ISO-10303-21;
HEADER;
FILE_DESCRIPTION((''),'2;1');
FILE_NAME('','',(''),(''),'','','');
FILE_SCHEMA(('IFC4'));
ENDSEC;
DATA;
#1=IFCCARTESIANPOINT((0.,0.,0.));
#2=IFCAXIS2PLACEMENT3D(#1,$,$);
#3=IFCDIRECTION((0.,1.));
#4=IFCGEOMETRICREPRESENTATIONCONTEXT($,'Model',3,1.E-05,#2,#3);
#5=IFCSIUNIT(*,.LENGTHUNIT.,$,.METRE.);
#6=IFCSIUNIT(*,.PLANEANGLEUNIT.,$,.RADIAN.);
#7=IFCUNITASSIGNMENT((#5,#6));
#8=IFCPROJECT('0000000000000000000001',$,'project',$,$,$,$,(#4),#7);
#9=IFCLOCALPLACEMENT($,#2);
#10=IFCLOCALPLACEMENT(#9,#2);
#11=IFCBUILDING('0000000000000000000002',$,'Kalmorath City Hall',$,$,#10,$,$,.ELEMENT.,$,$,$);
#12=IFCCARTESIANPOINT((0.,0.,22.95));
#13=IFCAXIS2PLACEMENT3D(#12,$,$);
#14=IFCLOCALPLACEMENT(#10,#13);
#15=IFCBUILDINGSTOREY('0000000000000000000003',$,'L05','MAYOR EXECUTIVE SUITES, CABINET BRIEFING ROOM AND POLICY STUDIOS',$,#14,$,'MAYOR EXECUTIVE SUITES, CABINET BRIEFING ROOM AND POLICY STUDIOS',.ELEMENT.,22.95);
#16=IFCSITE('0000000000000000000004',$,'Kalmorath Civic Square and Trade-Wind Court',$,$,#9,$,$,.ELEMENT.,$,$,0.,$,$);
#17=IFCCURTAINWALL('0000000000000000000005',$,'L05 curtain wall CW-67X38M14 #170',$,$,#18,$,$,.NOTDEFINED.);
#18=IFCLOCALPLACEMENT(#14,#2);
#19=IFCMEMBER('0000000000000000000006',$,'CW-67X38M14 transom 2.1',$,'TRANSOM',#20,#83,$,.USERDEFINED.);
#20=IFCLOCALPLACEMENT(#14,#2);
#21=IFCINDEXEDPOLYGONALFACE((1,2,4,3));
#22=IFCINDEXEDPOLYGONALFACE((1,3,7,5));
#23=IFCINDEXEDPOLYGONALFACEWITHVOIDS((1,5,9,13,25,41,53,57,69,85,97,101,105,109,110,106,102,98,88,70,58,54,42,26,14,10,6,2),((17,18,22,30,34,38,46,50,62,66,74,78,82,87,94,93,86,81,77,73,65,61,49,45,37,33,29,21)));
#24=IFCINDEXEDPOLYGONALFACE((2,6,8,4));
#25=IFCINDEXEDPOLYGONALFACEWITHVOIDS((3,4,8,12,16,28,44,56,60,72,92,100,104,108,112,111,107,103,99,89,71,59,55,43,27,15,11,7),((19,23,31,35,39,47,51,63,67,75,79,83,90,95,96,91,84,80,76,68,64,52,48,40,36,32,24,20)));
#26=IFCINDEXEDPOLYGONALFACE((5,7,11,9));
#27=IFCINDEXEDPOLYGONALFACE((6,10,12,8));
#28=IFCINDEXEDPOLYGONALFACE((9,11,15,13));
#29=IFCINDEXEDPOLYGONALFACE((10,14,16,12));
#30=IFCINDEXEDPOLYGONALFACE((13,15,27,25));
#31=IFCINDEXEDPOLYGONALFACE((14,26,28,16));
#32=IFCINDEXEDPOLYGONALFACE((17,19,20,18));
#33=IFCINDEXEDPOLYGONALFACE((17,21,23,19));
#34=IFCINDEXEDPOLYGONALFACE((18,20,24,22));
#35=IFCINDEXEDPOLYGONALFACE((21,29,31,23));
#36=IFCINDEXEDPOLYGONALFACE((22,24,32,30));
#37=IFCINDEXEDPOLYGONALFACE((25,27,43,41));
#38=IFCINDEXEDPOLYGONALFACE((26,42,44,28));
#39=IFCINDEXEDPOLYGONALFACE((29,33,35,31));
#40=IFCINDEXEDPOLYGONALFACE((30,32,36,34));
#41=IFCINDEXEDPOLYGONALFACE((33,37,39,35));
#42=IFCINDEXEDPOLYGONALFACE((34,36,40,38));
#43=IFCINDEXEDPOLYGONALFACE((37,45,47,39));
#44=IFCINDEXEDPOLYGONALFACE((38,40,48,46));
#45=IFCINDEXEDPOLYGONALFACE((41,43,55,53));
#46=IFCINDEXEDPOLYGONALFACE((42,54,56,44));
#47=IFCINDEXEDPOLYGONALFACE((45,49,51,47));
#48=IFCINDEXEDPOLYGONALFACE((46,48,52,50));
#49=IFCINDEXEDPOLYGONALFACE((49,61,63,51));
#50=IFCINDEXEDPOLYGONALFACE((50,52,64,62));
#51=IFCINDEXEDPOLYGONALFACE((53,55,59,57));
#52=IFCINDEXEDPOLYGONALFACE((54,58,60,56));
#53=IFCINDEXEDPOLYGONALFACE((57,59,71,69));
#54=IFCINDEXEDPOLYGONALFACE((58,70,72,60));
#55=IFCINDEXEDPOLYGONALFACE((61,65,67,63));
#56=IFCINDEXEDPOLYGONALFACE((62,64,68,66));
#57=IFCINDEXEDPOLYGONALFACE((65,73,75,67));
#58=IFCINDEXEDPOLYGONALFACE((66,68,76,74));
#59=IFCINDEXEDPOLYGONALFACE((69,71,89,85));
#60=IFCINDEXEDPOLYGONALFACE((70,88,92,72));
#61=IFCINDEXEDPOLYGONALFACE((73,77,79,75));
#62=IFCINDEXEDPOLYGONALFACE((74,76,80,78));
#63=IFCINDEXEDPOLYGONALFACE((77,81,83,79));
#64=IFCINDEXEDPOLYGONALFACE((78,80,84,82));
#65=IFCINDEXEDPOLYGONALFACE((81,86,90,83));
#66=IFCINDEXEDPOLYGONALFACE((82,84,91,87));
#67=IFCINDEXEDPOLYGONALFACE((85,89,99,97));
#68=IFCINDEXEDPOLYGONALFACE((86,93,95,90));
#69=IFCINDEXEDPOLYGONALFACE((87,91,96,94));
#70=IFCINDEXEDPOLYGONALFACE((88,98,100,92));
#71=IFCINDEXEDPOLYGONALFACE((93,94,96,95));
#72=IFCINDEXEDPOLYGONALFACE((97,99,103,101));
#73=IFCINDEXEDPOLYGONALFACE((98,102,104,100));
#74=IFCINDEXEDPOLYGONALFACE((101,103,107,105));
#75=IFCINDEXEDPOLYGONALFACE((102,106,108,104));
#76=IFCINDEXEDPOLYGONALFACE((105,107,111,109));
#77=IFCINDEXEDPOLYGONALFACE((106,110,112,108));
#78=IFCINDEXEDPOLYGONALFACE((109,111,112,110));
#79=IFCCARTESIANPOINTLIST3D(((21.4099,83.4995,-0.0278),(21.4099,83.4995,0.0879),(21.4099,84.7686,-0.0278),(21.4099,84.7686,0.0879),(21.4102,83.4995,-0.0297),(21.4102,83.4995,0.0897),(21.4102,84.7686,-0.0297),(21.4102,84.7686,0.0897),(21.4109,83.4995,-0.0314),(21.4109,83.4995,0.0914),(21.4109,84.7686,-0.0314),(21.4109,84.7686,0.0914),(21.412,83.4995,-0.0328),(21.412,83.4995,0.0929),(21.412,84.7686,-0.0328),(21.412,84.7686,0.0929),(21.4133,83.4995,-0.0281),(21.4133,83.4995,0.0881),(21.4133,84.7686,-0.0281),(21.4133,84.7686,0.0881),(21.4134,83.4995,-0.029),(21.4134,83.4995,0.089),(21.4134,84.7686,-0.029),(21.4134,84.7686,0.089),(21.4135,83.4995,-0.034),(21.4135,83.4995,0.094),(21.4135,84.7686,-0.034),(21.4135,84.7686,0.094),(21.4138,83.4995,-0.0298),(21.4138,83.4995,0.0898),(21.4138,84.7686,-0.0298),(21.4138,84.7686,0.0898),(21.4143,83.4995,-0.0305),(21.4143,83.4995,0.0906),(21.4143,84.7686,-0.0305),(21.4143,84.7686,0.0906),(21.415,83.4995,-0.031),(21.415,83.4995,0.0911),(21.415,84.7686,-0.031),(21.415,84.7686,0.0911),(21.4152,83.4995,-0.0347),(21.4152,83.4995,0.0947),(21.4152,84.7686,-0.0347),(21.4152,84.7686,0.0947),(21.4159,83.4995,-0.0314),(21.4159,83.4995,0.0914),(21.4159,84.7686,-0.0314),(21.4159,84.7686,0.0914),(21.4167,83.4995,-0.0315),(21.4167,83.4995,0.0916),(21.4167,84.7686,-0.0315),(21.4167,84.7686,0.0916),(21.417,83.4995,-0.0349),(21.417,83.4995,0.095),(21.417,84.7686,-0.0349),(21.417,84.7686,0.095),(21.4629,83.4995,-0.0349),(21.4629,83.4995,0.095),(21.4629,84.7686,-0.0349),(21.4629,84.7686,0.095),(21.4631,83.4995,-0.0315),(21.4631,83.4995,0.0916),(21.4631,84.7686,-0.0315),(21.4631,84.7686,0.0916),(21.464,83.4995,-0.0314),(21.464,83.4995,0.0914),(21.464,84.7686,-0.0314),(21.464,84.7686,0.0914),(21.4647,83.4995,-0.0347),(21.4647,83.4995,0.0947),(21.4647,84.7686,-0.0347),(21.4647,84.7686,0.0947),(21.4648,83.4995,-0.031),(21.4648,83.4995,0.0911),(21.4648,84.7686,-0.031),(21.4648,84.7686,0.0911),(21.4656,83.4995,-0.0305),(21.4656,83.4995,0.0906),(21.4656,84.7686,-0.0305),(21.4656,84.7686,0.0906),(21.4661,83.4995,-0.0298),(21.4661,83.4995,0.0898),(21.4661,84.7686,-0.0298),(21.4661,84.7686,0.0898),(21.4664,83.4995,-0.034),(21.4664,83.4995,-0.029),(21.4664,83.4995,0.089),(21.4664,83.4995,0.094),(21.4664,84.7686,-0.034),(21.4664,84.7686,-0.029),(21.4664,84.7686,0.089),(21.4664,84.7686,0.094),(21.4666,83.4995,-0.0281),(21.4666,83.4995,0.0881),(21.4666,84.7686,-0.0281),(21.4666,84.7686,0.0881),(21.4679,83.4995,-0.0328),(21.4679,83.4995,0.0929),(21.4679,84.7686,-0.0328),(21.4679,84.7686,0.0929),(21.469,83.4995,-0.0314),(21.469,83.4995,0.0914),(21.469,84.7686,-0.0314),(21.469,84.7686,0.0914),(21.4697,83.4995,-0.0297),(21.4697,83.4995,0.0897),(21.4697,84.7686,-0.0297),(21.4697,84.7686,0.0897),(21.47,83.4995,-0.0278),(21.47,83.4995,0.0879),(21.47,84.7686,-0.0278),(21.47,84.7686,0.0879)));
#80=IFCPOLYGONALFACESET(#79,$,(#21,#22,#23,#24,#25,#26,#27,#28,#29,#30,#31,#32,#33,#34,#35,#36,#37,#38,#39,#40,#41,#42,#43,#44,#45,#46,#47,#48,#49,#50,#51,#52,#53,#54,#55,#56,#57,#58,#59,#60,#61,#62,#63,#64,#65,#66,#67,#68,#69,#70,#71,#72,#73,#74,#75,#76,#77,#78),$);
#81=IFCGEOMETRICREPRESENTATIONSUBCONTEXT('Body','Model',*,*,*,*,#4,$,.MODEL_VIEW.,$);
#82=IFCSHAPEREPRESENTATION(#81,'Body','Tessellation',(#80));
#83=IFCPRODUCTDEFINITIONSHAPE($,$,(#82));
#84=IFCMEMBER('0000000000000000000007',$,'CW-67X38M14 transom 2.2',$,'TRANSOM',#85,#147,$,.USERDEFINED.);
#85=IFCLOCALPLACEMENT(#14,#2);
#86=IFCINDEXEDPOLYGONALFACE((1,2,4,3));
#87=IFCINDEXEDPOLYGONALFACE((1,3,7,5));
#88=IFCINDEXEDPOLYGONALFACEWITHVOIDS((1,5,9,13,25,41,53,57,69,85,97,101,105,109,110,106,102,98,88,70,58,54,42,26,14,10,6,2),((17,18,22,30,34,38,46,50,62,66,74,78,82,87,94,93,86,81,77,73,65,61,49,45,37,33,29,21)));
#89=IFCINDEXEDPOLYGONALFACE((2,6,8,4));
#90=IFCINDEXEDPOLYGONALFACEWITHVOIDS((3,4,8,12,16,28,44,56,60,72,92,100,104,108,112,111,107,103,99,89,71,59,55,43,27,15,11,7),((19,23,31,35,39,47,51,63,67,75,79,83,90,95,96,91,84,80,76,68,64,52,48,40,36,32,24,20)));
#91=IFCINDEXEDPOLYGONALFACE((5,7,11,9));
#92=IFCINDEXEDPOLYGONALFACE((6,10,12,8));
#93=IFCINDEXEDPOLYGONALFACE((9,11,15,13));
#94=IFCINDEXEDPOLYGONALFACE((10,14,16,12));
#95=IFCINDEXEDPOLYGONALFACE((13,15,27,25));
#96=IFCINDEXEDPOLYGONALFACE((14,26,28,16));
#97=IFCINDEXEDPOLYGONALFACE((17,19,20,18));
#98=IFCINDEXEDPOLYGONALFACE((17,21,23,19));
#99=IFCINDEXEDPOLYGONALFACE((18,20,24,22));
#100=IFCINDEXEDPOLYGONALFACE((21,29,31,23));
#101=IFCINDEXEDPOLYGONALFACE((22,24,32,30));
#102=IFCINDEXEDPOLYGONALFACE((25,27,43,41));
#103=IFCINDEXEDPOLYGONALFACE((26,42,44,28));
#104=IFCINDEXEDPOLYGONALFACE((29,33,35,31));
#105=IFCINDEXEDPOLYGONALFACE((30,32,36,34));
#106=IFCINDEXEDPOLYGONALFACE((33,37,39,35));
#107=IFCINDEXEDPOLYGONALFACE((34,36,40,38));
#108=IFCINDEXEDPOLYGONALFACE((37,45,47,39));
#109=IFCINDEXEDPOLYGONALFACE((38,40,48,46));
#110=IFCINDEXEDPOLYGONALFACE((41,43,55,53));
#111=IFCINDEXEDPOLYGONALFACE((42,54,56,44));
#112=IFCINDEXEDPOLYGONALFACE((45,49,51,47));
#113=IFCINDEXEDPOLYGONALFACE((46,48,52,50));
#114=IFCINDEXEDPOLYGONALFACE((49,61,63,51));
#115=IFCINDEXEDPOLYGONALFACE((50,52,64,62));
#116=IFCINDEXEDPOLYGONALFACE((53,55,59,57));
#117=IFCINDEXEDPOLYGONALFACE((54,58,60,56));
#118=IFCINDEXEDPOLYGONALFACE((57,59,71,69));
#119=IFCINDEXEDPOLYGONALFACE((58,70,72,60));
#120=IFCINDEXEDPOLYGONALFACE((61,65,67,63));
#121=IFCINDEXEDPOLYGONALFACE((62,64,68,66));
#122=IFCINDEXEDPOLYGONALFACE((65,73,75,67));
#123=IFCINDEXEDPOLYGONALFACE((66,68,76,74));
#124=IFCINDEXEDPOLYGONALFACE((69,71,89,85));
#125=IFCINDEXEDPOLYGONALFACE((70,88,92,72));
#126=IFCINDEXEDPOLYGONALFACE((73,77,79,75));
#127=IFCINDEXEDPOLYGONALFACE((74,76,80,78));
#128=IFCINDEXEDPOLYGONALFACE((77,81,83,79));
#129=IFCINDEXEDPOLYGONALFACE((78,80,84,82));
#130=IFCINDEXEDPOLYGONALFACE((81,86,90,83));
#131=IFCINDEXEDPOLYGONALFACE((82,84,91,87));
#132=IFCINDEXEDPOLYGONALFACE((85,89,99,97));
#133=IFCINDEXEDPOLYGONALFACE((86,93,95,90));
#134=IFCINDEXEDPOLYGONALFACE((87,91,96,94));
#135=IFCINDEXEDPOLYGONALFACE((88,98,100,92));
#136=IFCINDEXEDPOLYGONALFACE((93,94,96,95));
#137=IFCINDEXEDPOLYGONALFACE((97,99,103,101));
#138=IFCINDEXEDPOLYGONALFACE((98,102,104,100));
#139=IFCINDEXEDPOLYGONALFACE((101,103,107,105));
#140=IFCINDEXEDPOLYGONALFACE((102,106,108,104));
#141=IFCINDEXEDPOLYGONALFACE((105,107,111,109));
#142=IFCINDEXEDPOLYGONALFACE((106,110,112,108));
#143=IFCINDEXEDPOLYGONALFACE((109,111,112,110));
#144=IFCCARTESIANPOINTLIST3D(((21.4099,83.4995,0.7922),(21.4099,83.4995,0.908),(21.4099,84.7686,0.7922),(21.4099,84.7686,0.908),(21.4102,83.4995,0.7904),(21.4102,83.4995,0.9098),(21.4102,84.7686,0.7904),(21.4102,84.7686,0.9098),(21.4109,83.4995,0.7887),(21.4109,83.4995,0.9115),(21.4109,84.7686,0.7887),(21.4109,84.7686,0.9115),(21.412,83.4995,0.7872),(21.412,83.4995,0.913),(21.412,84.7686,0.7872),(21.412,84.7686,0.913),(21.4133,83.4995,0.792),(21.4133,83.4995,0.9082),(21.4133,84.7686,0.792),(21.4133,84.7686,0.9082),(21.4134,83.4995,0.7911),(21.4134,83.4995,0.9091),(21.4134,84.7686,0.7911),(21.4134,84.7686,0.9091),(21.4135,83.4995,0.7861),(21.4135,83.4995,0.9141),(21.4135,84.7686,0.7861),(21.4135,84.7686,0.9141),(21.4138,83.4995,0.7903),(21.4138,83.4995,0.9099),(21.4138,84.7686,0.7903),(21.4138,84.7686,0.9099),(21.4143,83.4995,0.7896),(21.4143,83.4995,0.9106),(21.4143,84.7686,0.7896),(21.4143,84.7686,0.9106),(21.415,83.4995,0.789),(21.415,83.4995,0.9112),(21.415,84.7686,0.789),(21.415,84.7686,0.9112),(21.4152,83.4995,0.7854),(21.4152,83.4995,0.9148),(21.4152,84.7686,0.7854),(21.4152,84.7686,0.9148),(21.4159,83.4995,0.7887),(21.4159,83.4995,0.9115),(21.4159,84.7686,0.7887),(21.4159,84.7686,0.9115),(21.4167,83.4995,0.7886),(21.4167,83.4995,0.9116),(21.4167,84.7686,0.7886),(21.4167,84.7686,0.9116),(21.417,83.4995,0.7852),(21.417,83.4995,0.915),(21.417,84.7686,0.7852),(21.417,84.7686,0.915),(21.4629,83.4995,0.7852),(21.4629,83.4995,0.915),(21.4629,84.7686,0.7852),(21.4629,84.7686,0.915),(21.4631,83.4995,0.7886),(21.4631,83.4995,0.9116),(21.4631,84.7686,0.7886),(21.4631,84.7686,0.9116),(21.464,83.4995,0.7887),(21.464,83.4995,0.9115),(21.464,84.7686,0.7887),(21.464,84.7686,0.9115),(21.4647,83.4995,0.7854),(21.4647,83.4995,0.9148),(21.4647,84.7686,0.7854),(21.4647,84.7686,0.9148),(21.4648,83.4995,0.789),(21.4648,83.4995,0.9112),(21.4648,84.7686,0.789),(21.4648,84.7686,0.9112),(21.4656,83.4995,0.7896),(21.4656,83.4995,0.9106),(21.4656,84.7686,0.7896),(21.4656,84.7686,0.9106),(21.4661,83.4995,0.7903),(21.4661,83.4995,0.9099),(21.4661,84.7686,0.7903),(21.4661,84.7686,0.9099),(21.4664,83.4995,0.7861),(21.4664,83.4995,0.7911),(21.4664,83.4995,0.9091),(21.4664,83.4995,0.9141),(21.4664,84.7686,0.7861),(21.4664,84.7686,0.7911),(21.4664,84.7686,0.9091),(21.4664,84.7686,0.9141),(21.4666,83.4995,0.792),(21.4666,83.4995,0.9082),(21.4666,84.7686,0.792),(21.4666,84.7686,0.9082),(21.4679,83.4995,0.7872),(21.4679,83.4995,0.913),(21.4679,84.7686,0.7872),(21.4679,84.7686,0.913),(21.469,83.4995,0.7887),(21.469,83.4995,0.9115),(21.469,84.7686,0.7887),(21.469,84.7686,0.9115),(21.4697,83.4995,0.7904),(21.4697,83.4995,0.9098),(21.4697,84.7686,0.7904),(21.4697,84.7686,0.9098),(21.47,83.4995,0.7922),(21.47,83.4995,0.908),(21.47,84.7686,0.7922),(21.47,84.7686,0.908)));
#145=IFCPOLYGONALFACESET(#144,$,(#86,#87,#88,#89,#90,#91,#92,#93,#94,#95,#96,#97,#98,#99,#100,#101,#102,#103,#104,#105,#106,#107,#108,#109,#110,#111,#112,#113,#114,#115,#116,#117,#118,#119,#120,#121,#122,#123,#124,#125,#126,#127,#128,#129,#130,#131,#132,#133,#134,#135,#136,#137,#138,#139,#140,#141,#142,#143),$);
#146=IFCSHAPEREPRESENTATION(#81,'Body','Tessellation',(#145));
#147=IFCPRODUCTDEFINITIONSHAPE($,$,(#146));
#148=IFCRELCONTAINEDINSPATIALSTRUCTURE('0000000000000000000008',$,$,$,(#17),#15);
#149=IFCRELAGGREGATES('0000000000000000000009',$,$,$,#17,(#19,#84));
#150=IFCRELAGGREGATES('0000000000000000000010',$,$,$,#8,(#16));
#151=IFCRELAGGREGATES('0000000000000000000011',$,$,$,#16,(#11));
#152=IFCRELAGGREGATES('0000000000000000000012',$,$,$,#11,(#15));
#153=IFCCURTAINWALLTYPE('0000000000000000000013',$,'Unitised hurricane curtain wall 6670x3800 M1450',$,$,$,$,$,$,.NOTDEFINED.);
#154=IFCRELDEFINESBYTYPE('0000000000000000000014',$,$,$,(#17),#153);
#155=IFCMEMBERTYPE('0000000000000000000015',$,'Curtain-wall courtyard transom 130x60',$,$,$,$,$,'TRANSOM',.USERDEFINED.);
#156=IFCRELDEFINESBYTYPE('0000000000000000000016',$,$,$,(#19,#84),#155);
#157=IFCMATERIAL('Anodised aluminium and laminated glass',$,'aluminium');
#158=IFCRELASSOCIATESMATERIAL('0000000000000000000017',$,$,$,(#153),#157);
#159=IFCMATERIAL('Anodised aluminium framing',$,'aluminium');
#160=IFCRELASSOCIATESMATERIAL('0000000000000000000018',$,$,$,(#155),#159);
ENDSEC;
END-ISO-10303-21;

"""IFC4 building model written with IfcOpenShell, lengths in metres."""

from ifc_helpers import new_model, si_unit, direction, frame, origin, origin_2d, place, context, subcontext, project, spatial, hollow_rectangle, extrude, material, material_profile, profile_set, type_object, element, aggregate, save


model = new_model("IFC4")

# Units and contexts
model_context = context("Model", 3, precision=1e-05, world=origin(), true_north=direction((0.0, 1.0)))
body_context = subcontext(model_context, "Body", "Model", "MODEL_VIEW")
ifc_project = project(units=[si_unit("LENGTHUNIT", "METRE"), si_unit("PLANEANGLEUNIT", "RADIAN")], contexts=[model_context])

# Site, building, storey
site_placement = place(None, origin())
site = spatial("IfcSite", under=ifc_project, at=site_placement, Name="Kalmorath Civic Square and Trade-Wind Court", CompositionType="ELEMENT", RefElevation=0.0)
building_placement = place(site_placement, origin())
building = spatial("IfcBuilding", under=site, at=building_placement, Name="Kalmorath City Hall", CompositionType="ELEMENT")
storey_placement = place(building_placement, frame((0.0, 0.0, 22.95)))
storey = spatial("IfcBuildingStorey", under=building, at=storey_placement, Name="L05", Description="MAYOR EXECUTIVE SUITES, CABINET BRIEFING ROOM AND POLICY STUDIOS", LongName="MAYOR EXECUTIVE SUITES, CABINET BRIEFING ROOM AND POLICY STUDIOS", CompositionType="ELEMENT", Elevation=22.95)

# Curtain wall, members
ifc_material_1 = material(Name="Anodised aluminium and laminated glass", Category="aluminium")
curtain_wall_type = type_object("IfcCurtainWallType", Name="Unitised hurricane curtain wall 6670x3800 M1450", PredefinedType="NOTDEFINED", material=ifc_material_1)
curtain_wall_placement = place(storey_placement, origin())
curtain_wall = element("IfcCurtainWall", 1, at=curtain_wall_placement, inside=storey, type_object=curtain_wall_type, Name="L05 curtain wall CW-67X38M14 #170", PredefinedType="NOTDEFINED")
ifc_material_2 = material(Name="Anodised aluminium framing", Category="aluminium")
ifc_material_profile_1 = material_profile(ifc_material_2, hollow_rectangle(XDim=0.0601, YDim=0.1299, WallThickness=0.0034, InnerFilletRadius=0.0034, OuterFilletRadius=0.0071, at=origin_2d()), Name="ALU-TRN-130X60X3.5")
ifc_profile_set_1 = profile_set([ifc_material_profile_1], Name="Anodised aluminium framing")
member_type_1 = type_object("IfcMemberType", Name="Curtain-wall courtyard transom 130x60", ElementType="TRANSOM", PredefinedType="USERDEFINED", material=ifc_profile_set_1)
member_1_placement = place(storey_placement, frame((21.4399, 84.7686, 0.03), z_axis=(0.0, -1.0, 0.0), x_axis=(1.0, 0.0, 0.0)))
member_1 = element("IfcMember", 2, at=member_1_placement, type_object=member_type_1, Name="CW-67X38M14 transom 2.1", ObjectType="TRANSOM", PredefinedType="USERDEFINED", context=body_context, shape_type="SweptSolid", body=[
    extrude(hollow_rectangle(XDim=0.0601, YDim=0.1299, WallThickness=0.0034, InnerFilletRadius=0.0034, OuterFilletRadius=0.0071, at=origin_2d()), origin(), (0.0, 0.0, 1.0), 1.269),
])
member_2_placement = place(storey_placement, frame((21.4399, 84.7686, 0.8501), z_axis=(0.0, -1.0, 0.0), x_axis=(1.0, 0.0, 0.0)))
member_2 = element("IfcMember", 3, at=member_2_placement, type_object=member_type_1, Name="CW-67X38M14 transom 2.2", ObjectType="TRANSOM", PredefinedType="USERDEFINED", context=body_context, shape_type="SweptSolid", body=[
    extrude(hollow_rectangle(XDim=0.0601, YDim=0.1299, WallThickness=0.0034, InnerFilletRadius=0.0034, OuterFilletRadius=0.0071, at=origin_2d()), origin(), (0.0, 0.0, 1.0), 1.269),
])
aggregate(curtain_wall, [member_1, member_2])

save(model, "model.ifc")
